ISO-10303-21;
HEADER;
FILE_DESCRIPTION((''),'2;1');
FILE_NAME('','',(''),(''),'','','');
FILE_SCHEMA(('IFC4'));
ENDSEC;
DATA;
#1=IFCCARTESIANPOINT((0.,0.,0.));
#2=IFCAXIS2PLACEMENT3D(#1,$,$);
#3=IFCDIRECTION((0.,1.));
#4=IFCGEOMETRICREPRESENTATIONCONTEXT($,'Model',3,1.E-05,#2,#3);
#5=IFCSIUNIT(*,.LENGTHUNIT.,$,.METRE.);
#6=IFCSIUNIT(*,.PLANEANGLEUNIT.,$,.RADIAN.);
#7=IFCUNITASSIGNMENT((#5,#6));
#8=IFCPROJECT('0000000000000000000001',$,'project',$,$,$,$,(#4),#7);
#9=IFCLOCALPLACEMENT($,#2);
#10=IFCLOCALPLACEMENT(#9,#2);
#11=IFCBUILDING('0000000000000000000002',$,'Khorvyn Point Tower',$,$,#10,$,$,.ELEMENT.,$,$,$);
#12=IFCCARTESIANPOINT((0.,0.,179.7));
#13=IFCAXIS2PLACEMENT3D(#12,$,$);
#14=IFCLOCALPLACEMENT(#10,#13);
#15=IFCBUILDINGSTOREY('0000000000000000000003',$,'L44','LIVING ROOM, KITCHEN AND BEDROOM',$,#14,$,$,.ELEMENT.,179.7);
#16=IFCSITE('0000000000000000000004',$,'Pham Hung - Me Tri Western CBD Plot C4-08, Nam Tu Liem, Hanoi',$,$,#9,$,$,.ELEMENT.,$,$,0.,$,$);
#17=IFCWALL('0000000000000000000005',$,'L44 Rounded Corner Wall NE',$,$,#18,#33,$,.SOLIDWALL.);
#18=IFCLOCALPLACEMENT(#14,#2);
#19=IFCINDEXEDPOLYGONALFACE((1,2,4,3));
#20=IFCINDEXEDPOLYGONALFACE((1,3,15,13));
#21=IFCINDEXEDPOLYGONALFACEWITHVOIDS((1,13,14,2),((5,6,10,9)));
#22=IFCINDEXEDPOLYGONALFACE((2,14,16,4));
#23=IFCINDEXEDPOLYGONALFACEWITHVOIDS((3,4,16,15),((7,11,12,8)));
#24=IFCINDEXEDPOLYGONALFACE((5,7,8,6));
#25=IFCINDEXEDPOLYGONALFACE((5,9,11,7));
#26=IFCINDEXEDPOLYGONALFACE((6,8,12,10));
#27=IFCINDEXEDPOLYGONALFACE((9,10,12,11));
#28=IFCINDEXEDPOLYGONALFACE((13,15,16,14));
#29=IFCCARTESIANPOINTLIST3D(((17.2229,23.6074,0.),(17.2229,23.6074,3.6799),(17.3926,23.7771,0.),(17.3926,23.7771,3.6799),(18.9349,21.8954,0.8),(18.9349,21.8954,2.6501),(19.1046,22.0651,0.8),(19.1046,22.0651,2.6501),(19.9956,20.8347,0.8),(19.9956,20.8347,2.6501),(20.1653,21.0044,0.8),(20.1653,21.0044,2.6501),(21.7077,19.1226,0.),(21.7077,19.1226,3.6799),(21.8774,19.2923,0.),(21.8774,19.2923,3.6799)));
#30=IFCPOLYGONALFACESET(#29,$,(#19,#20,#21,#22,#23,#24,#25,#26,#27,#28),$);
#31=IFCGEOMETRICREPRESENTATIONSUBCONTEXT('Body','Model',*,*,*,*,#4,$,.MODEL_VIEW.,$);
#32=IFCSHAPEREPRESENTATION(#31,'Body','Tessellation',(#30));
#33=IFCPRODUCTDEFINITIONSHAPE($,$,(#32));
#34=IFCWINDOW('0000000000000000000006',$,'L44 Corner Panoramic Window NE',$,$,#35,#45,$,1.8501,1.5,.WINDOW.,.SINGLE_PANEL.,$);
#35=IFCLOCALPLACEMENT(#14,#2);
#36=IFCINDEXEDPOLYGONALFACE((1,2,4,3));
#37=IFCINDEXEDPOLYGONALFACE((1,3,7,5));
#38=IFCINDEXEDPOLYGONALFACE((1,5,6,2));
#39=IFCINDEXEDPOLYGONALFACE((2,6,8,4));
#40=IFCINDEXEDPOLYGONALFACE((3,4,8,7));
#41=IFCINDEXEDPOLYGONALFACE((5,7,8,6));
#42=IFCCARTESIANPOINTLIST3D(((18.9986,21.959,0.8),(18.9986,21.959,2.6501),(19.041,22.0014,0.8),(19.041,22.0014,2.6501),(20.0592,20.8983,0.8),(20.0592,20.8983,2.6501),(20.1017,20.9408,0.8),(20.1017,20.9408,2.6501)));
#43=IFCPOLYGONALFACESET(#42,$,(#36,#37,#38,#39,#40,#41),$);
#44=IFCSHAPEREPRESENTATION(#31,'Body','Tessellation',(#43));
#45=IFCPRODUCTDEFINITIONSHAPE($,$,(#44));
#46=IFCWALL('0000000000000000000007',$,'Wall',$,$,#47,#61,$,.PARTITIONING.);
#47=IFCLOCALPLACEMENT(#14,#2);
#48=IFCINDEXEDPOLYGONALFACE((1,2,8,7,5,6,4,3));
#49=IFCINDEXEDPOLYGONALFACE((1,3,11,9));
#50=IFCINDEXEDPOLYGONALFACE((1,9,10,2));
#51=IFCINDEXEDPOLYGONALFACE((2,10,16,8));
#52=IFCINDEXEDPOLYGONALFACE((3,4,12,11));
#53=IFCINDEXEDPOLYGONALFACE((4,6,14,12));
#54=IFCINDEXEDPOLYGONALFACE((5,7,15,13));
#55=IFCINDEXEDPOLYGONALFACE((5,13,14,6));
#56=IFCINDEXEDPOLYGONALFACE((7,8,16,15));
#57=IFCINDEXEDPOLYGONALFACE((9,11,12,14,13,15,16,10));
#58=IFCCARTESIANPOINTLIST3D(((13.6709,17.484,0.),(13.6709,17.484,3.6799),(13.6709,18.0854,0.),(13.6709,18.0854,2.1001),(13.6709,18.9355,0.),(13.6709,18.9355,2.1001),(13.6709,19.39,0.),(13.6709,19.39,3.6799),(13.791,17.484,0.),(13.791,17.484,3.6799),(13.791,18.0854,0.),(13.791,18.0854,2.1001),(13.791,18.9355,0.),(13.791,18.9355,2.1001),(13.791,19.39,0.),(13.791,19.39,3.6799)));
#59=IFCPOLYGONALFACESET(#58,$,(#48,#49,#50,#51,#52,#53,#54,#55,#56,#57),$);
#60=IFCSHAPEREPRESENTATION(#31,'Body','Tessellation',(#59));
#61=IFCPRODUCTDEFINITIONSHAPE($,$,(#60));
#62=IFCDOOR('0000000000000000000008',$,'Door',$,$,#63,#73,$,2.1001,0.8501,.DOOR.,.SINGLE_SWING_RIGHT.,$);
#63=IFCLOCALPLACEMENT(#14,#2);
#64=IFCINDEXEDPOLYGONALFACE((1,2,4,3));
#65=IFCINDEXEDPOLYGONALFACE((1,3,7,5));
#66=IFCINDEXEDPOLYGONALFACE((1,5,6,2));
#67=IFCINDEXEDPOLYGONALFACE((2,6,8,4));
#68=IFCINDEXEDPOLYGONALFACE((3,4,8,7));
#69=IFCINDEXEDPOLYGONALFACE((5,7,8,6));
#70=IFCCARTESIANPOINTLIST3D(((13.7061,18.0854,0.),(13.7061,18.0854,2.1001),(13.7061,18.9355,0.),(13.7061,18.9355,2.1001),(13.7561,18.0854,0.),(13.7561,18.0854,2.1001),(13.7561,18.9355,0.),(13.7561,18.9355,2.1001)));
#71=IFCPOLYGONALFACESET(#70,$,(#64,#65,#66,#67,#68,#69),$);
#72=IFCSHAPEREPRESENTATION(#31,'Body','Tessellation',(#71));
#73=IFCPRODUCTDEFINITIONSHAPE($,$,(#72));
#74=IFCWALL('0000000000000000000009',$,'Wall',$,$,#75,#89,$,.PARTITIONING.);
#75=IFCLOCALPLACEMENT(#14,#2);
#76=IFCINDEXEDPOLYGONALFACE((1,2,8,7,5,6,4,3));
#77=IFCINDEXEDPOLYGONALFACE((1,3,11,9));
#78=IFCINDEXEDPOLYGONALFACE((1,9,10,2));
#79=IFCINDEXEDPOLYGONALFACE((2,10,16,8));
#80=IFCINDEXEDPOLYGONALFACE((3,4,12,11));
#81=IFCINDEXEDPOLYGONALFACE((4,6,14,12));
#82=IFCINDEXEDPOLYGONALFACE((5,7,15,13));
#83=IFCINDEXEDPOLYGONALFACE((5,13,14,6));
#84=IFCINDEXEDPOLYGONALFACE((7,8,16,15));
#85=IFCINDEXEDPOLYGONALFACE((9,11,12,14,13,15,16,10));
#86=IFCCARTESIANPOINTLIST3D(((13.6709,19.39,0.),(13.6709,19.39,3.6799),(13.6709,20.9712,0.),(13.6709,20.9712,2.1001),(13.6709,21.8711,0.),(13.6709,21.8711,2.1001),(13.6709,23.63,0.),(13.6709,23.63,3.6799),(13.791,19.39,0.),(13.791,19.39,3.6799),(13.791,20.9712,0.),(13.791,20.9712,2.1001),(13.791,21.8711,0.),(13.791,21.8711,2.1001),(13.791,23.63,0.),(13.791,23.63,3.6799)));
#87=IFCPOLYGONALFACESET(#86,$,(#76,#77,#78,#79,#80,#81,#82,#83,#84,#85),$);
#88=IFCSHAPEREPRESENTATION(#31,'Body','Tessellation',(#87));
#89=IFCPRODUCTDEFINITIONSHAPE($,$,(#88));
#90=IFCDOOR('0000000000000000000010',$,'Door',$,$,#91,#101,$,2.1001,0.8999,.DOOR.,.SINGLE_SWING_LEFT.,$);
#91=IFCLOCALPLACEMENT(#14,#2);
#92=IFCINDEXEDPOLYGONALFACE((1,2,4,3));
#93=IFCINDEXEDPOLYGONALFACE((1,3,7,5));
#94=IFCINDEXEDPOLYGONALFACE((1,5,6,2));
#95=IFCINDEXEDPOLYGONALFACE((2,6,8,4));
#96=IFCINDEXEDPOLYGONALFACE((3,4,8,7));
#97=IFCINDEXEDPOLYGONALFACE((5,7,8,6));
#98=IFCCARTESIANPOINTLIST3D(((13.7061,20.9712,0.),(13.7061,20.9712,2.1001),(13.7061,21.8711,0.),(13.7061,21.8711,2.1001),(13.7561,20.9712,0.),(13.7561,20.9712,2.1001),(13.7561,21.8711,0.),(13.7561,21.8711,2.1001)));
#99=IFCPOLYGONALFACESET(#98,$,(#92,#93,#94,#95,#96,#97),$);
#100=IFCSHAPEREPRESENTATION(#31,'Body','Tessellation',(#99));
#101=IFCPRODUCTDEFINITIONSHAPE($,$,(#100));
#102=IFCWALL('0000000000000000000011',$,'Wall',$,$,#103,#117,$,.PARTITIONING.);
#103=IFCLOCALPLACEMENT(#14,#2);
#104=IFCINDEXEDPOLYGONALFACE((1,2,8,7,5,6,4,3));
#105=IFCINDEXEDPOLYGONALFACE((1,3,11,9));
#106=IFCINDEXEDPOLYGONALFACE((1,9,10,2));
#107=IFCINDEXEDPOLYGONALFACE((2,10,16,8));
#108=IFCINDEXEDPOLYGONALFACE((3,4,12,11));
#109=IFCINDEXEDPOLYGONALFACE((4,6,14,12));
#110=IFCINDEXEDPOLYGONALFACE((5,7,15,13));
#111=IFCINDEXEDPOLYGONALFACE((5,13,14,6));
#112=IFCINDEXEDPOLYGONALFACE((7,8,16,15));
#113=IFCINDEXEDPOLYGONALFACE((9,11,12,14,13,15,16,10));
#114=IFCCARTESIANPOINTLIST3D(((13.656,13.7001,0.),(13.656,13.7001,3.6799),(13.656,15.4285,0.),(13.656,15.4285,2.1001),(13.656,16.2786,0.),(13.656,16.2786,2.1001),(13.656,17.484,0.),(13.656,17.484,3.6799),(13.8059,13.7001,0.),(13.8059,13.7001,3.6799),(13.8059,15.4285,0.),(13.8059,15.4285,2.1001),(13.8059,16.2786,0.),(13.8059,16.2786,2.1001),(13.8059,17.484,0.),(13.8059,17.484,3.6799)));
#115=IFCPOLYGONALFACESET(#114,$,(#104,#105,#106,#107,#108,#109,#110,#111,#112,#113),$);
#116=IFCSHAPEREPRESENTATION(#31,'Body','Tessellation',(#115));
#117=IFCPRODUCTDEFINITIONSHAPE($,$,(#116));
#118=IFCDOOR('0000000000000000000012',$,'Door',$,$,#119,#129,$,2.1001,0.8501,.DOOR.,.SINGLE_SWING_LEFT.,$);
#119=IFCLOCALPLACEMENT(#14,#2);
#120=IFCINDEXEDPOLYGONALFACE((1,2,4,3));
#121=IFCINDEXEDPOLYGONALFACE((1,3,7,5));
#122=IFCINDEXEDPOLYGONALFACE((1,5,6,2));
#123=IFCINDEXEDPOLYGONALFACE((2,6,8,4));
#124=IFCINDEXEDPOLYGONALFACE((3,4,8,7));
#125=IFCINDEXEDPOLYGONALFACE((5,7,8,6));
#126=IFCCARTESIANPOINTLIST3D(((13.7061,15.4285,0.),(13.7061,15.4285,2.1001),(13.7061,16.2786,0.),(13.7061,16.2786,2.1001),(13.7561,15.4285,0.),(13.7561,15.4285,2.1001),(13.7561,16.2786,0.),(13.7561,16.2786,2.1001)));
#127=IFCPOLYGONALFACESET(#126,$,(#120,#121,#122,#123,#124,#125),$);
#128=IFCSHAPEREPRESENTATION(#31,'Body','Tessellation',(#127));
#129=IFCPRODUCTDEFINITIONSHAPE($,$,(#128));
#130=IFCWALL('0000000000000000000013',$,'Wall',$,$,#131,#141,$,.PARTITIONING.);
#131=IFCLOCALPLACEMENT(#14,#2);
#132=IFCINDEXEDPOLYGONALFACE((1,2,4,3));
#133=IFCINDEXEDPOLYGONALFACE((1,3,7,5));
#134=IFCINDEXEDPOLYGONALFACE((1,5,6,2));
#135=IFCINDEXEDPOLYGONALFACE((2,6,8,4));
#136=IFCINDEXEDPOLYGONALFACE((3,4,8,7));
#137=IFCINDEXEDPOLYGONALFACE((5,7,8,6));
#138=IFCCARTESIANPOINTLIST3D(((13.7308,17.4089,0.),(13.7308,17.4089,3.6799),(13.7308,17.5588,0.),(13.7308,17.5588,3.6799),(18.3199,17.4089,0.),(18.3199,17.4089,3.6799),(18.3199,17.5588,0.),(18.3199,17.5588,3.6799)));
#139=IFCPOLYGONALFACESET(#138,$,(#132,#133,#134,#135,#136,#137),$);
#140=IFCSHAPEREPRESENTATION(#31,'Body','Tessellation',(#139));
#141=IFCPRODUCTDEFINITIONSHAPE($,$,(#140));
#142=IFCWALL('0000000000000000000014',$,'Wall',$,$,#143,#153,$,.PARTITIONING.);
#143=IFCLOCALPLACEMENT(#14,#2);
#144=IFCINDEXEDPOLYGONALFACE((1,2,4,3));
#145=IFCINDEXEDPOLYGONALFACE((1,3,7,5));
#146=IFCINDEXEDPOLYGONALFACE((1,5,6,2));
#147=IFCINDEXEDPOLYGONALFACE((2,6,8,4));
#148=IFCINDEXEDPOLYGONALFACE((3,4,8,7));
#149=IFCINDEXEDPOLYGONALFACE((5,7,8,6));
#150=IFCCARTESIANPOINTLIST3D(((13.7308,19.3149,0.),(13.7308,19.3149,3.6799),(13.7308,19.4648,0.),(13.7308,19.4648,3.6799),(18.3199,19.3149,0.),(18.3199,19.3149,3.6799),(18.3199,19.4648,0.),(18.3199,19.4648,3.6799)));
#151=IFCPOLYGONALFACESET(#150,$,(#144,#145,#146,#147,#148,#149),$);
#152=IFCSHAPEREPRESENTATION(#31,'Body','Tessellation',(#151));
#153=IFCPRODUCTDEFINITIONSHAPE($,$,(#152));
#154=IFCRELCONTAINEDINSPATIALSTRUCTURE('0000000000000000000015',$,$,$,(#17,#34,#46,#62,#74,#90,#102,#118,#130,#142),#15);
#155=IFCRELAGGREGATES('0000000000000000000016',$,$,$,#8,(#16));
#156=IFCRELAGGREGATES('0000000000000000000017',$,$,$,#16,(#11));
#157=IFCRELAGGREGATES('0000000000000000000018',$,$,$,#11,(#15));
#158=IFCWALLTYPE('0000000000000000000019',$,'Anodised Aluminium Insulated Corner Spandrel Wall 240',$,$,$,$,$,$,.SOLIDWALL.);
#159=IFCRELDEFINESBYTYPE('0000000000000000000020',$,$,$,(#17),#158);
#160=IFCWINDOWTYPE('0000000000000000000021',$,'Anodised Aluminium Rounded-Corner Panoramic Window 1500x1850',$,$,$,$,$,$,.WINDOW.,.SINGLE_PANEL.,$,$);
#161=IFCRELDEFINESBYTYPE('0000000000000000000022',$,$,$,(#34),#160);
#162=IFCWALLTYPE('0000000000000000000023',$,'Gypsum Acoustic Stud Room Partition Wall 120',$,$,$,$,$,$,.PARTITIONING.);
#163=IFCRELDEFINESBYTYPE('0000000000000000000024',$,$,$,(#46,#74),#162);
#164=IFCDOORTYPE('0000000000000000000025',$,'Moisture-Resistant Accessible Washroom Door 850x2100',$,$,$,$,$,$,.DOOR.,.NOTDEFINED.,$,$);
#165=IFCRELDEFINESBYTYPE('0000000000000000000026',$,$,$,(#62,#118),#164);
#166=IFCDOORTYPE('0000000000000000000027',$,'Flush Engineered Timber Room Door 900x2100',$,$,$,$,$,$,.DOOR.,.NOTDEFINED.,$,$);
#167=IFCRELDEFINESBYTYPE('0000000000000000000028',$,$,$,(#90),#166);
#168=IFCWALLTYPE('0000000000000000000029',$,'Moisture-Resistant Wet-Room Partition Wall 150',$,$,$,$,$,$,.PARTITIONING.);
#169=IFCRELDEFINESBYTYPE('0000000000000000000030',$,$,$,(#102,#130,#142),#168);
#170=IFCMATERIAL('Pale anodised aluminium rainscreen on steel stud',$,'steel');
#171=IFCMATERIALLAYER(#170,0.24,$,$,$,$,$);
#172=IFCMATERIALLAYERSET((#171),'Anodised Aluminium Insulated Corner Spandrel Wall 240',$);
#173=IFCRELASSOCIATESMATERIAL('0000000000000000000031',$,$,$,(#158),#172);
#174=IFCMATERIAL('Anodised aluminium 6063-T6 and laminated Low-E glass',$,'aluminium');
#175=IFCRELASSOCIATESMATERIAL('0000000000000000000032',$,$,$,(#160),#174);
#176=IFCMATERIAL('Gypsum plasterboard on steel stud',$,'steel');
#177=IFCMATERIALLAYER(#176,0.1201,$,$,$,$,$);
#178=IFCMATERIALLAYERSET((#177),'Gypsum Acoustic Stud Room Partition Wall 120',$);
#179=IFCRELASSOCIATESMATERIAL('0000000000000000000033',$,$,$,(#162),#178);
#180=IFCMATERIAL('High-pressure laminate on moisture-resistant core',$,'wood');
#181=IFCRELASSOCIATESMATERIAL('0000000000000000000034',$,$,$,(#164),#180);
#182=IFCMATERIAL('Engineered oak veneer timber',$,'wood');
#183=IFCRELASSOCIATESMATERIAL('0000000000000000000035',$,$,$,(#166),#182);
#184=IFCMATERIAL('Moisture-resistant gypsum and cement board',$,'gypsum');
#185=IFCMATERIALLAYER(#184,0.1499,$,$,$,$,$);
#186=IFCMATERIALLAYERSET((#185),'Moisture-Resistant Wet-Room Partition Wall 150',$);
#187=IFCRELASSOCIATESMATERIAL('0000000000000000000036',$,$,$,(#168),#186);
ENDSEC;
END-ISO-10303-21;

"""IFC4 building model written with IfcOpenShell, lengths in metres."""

from ifc_helpers import new_model, si_unit, direction, frame, frame_2d, origin, place, context, subcontext, project, spatial, rectangle, extrude, material, layer, layer_set, type_object, element, fill, save


model = new_model("IFC4")

# Units and contexts
model_context = context("Model", 3, precision=1e-05, world=origin(), true_north=direction((0.0, 1.0)))
body_context = subcontext(model_context, "Body", "Model", "MODEL_VIEW")
ifc_project = project(units=[si_unit("LENGTHUNIT", "METRE"), si_unit("PLANEANGLEUNIT", "RADIAN")], contexts=[model_context])

# Site, building, storey
site_placement = place(None, origin())
site = spatial("IfcSite", under=ifc_project, at=site_placement, Name="Pham Hung - Me Tri Western CBD Plot C4-08, Nam Tu Liem, Hanoi", CompositionType="ELEMENT", RefElevation=0.0)
building_placement = place(site_placement, origin())
building = spatial("IfcBuilding", under=site, at=building_placement, Name="Khorvyn Point Tower", CompositionType="ELEMENT")
storey_placement = place(building_placement, frame((0.0, 0.0, 179.7)))
storey = spatial("IfcBuildingStorey", under=building, at=storey_placement, Name="L44", Description="LIVING ROOM, KITCHEN AND BEDROOM", CompositionType="ELEMENT", Elevation=179.7)

# Shared definitions
ifc_material_1 = material(Name="Anodised aluminium 6063-T6 and laminated Low-E glass", Category="aluminium")

# Wall, opening, window
ifc_material_2 = material(Name="Pale anodised aluminium rainscreen on steel stud", Category="steel")
ifc_layer_1 = layer(ifc_material_2, 0.24)
ifc_layer_set_1 = layer_set([ifc_layer_1], Name="Anodised Aluminium Insulated Corner Spandrel Wall 240")
wall_type_1 = type_object("IfcWallType", Name="Anodised Aluminium Insulated Corner Spandrel Wall 240", PredefinedType="SOLIDWALL", material=ifc_layer_set_1)
wall_1_placement = place(storey_placement, frame((17.3076, 23.6924, 0.0), z_axis=(0.0, 0.0, 1.0), x_axis=(0.707107, -0.707107, 0.0)))
wall_1 = element("IfcWall", 1, at=wall_1_placement, inside=storey, type_object=wall_type_1, Name="L44 Rounded Corner Wall NE", PredefinedType="SOLIDWALL", context=body_context, shape_type="SweptSolid", body=[
    extrude(rectangle(XDim=6.3425, YDim=0.24, at=frame_2d((3.1714, 0.0))), origin(), (0.0, 0.0, 1.0), 3.6799),
])
opening_1_placement = place(wall_1_placement, frame((2.4214, 0.0, 0.8)))
opening_1 = element("IfcOpeningElement", 2, at=opening_1_placement, cuts=wall_1, PredefinedType="OPENING", context=body_context, shape_type="SweptSolid", body=[
    extrude(rectangle(XDim=1.5, YDim=1.8501, at=frame_2d((0.75, 0.925))), frame((0.0, 0.1299, 0.0), z_axis=(0.0, -1.0, 0.0), x_axis=(1.0, 0.0, 0.0)), (0.0, 0.0, 1.0), 0.26),
])
window_type = type_object("IfcWindowType", Name="Anodised Aluminium Rounded-Corner Panoramic Window 1500x1850", PartitioningType="SINGLE_PANEL", PredefinedType="WINDOW", material=ifc_material_1)
window_placement = place(opening_1_placement, origin())
window = element("IfcWindow", 3, at=window_placement, inside=storey, type_object=window_type, Name="L44 Corner Panoramic Window NE", OverallHeight=1.8501, OverallWidth=1.5, PartitioningType="SINGLE_PANEL", PredefinedType="WINDOW", context=body_context, shape_type="SweptSolid", body=[
    extrude(rectangle(XDim=1.5, YDim=1.8501, at=frame_2d((0.75, 0.925))), frame((0.0, 0.03, 0.0), z_axis=(0.0, -1.0, 0.0), x_axis=(1.0, 0.0, 0.0)), (0.0, 0.0, 1.0), 0.0601),
])
fill(opening_1, window)

# Walls, openings, doors
ifc_material_3 = material(Name="Gypsum plasterboard on steel stud", Category="steel")
ifc_layer_2 = layer(ifc_material_3, 0.1201)
ifc_layer_set_2 = layer_set([ifc_layer_2], Name="Gypsum Acoustic Stud Room Partition Wall 120")
wall_type_2 = type_object("IfcWallType", Name="Gypsum Acoustic Stud Room Partition Wall 120", PredefinedType="PARTITIONING", material=ifc_layer_set_2)
wall_2_placement = place(storey_placement, frame((13.731, 17.4839, 0.0), z_axis=(0.0, 0.0, 1.0), x_axis=(0.0, 1.0, 0.0)))
wall_2 = element("IfcWall", 4, at=wall_2_placement, inside=storey, type_object=wall_type_2, Name="Wall", PredefinedType="PARTITIONING", context=body_context, shape_type="SweptSolid", body=[
    extrude(rectangle(XDim=1.906, YDim=0.1201, at=frame_2d((0.9531, 0.0))), origin(), (0.0, 0.0, 1.0), 3.6799),
])
opening_2_placement = place(wall_2_placement, frame((0.6016, 0.0, 0.0)))
opening_2 = element("IfcOpeningElement", 5, at=opening_2_placement, cuts=wall_2, PredefinedType="OPENING", context=body_context, shape_type="SweptSolid", body=[
    extrude(rectangle(XDim=0.8501, YDim=2.1001, at=frame_2d((0.425, 1.05))), frame((0.0, 0.0701, 0.0), z_axis=(0.0, -1.0, 0.0), x_axis=(1.0, 0.0, 0.0)), (0.0, 0.0, 1.0), 0.1401),
])
ifc_material_4 = material(Name="High-pressure laminate on moisture-resistant core", Category="wood")
door_type_1 = type_object("IfcDoorType", Name="Moisture-Resistant Accessible Washroom Door 850x2100", OperationType="NOTDEFINED", PredefinedType="DOOR", material=ifc_material_4)
door_1_placement = place(opening_2_placement, origin())
door_1 = element("IfcDoor", 6, at=door_1_placement, inside=storey, type_object=door_type_1, Name="Door", OperationType="SINGLE_SWING_RIGHT", OverallHeight=2.1001, OverallWidth=0.8501, PredefinedType="DOOR", context=body_context, shape_type="SweptSolid", body=[
    extrude(rectangle(XDim=0.8501, YDim=2.1001, at=frame_2d((0.425, 1.05))), frame((0.0, 0.0249, 0.0), z_axis=(0.0, -1.0, 0.0), x_axis=(1.0, 0.0, 0.0)), (0.0, 0.0, 1.0), 0.05),
])
fill(opening_2, door_1)
wall_3_placement = place(storey_placement, frame((13.731, 19.3899, 0.0), z_axis=(0.0, 0.0, 1.0), x_axis=(0.0, 1.0, 0.0)))
wall_3 = element("IfcWall", 7, at=wall_3_placement, inside=storey, type_object=wall_type_2, Name="Wall", PredefinedType="PARTITIONING", context=body_context, shape_type="SweptSolid", body=[
    extrude(rectangle(XDim=4.24, YDim=0.1201, at=frame_2d((2.1201, 0.0))), origin(), (0.0, 0.0, 1.0), 3.6799),
])
opening_3_placement = place(wall_3_placement, frame((1.5813, 0.0, 0.0)))
opening_3 = element("IfcOpeningElement", 8, at=opening_3_placement, cuts=wall_3, PredefinedType="OPENING", context=body_context, shape_type="SweptSolid", body=[
    extrude(rectangle(XDim=0.8999, YDim=2.1001, at=frame_2d((0.45, 1.05))), frame((0.0, 0.0701, 0.0), z_axis=(0.0, -1.0, 0.0), x_axis=(1.0, 0.0, 0.0)), (0.0, 0.0, 1.0), 0.1401),
])
ifc_material_5 = material(Name="Engineered oak veneer timber", Category="wood")
door_type_2 = type_object("IfcDoorType", Name="Flush Engineered Timber Room Door 900x2100", OperationType="NOTDEFINED", PredefinedType="DOOR", material=ifc_material_5)
door_2_placement = place(opening_3_placement, origin())
door_2 = element("IfcDoor", 9, at=door_2_placement, inside=storey, type_object=door_type_2, Name="Door", OperationType="SINGLE_SWING_LEFT", OverallHeight=2.1001, OverallWidth=0.8999, PredefinedType="DOOR", context=body_context, shape_type="SweptSolid", body=[
    extrude(rectangle(XDim=0.8999, YDim=2.1001, at=frame_2d((0.45, 1.05))), frame((0.0, 0.0249, 0.0), z_axis=(0.0, -1.0, 0.0), x_axis=(1.0, 0.0, 0.0)), (0.0, 0.0, 1.0), 0.05),
])
fill(opening_3, door_2)
ifc_material_6 = material(Name="Moisture-resistant gypsum and cement board", Category="gypsum")
ifc_layer_3 = layer(ifc_material_6, 0.1499)
ifc_layer_set_3 = layer_set([ifc_layer_3], Name="Moisture-Resistant Wet-Room Partition Wall 150")
wall_type_3 = type_object("IfcWallType", Name="Moisture-Resistant Wet-Room Partition Wall 150", PredefinedType="PARTITIONING", material=ifc_layer_set_3)
wall_4_placement = place(storey_placement, frame((13.731, 13.7, 0.0), z_axis=(0.0, 0.0, 1.0), x_axis=(0.0, 1.0, 0.0)))
wall_4 = element("IfcWall", 10, at=wall_4_placement, inside=storey, type_object=wall_type_3, Name="Wall", PredefinedType="PARTITIONING", context=body_context, shape_type="SweptSolid", body=[
    extrude(rectangle(XDim=3.7839, YDim=0.1499, at=frame_2d((1.8921, 0.0))), origin(), (0.0, 0.0, 1.0), 3.6799),
])
opening_4_placement = place(wall_4_placement, frame((1.7285, 0.0, 0.0)))
opening_4 = element("IfcOpeningElement", 11, at=opening_4_placement, cuts=wall_4, PredefinedType="OPENING", context=body_context, shape_type="SweptSolid", body=[
    extrude(rectangle(XDim=0.8501, YDim=2.1001, at=frame_2d((0.425, 1.05))), frame((0.0, 0.085, 0.0), z_axis=(0.0, -1.0, 0.0), x_axis=(1.0, 0.0, 0.0)), (0.0, 0.0, 1.0), 0.1699),
])
door_3_placement = place(opening_4_placement, origin())
door_3 = element("IfcDoor", 12, at=door_3_placement, inside=storey, type_object=door_type_1, Name="Door", OperationType="SINGLE_SWING_LEFT", OverallHeight=2.1001, OverallWidth=0.8501, PredefinedType="DOOR", context=body_context, shape_type="SweptSolid", body=[
    extrude(rectangle(XDim=0.8501, YDim=2.1001, at=frame_2d((0.425, 1.05))), frame((0.0, 0.0249, 0.0), z_axis=(0.0, -1.0, 0.0), x_axis=(1.0, 0.0, 0.0)), (0.0, 0.0, 1.0), 0.05),
])
fill(opening_4, door_3)

# Walls
for number, where, z_axis, x_axis, name in (
    (13, (13.731, 17.4839, 0.0), (0.0, 0.0, 1.0), (1.0, 0.0, 0.0), "Wall"),
    (14, (13.731, 19.3899, 0.0), (0.0, 0.0, 1.0), (1.0, 0.0, 0.0), "Wall"),
):
    element("IfcWall", number, at=place(storey_placement, frame(where, z_axis=z_axis, x_axis=x_axis)), inside=storey, type_object=wall_type_3, Name=name, PredefinedType="PARTITIONING", context=body_context, shape_type="SweptSolid", body=[
        extrude(rectangle(XDim=4.5891, YDim=0.1499, at=frame_2d((2.2944, 0.0))), origin(), (0.0, 0.0, 1.0), 3.6799),
    ])

save(model, "model.ifc")
